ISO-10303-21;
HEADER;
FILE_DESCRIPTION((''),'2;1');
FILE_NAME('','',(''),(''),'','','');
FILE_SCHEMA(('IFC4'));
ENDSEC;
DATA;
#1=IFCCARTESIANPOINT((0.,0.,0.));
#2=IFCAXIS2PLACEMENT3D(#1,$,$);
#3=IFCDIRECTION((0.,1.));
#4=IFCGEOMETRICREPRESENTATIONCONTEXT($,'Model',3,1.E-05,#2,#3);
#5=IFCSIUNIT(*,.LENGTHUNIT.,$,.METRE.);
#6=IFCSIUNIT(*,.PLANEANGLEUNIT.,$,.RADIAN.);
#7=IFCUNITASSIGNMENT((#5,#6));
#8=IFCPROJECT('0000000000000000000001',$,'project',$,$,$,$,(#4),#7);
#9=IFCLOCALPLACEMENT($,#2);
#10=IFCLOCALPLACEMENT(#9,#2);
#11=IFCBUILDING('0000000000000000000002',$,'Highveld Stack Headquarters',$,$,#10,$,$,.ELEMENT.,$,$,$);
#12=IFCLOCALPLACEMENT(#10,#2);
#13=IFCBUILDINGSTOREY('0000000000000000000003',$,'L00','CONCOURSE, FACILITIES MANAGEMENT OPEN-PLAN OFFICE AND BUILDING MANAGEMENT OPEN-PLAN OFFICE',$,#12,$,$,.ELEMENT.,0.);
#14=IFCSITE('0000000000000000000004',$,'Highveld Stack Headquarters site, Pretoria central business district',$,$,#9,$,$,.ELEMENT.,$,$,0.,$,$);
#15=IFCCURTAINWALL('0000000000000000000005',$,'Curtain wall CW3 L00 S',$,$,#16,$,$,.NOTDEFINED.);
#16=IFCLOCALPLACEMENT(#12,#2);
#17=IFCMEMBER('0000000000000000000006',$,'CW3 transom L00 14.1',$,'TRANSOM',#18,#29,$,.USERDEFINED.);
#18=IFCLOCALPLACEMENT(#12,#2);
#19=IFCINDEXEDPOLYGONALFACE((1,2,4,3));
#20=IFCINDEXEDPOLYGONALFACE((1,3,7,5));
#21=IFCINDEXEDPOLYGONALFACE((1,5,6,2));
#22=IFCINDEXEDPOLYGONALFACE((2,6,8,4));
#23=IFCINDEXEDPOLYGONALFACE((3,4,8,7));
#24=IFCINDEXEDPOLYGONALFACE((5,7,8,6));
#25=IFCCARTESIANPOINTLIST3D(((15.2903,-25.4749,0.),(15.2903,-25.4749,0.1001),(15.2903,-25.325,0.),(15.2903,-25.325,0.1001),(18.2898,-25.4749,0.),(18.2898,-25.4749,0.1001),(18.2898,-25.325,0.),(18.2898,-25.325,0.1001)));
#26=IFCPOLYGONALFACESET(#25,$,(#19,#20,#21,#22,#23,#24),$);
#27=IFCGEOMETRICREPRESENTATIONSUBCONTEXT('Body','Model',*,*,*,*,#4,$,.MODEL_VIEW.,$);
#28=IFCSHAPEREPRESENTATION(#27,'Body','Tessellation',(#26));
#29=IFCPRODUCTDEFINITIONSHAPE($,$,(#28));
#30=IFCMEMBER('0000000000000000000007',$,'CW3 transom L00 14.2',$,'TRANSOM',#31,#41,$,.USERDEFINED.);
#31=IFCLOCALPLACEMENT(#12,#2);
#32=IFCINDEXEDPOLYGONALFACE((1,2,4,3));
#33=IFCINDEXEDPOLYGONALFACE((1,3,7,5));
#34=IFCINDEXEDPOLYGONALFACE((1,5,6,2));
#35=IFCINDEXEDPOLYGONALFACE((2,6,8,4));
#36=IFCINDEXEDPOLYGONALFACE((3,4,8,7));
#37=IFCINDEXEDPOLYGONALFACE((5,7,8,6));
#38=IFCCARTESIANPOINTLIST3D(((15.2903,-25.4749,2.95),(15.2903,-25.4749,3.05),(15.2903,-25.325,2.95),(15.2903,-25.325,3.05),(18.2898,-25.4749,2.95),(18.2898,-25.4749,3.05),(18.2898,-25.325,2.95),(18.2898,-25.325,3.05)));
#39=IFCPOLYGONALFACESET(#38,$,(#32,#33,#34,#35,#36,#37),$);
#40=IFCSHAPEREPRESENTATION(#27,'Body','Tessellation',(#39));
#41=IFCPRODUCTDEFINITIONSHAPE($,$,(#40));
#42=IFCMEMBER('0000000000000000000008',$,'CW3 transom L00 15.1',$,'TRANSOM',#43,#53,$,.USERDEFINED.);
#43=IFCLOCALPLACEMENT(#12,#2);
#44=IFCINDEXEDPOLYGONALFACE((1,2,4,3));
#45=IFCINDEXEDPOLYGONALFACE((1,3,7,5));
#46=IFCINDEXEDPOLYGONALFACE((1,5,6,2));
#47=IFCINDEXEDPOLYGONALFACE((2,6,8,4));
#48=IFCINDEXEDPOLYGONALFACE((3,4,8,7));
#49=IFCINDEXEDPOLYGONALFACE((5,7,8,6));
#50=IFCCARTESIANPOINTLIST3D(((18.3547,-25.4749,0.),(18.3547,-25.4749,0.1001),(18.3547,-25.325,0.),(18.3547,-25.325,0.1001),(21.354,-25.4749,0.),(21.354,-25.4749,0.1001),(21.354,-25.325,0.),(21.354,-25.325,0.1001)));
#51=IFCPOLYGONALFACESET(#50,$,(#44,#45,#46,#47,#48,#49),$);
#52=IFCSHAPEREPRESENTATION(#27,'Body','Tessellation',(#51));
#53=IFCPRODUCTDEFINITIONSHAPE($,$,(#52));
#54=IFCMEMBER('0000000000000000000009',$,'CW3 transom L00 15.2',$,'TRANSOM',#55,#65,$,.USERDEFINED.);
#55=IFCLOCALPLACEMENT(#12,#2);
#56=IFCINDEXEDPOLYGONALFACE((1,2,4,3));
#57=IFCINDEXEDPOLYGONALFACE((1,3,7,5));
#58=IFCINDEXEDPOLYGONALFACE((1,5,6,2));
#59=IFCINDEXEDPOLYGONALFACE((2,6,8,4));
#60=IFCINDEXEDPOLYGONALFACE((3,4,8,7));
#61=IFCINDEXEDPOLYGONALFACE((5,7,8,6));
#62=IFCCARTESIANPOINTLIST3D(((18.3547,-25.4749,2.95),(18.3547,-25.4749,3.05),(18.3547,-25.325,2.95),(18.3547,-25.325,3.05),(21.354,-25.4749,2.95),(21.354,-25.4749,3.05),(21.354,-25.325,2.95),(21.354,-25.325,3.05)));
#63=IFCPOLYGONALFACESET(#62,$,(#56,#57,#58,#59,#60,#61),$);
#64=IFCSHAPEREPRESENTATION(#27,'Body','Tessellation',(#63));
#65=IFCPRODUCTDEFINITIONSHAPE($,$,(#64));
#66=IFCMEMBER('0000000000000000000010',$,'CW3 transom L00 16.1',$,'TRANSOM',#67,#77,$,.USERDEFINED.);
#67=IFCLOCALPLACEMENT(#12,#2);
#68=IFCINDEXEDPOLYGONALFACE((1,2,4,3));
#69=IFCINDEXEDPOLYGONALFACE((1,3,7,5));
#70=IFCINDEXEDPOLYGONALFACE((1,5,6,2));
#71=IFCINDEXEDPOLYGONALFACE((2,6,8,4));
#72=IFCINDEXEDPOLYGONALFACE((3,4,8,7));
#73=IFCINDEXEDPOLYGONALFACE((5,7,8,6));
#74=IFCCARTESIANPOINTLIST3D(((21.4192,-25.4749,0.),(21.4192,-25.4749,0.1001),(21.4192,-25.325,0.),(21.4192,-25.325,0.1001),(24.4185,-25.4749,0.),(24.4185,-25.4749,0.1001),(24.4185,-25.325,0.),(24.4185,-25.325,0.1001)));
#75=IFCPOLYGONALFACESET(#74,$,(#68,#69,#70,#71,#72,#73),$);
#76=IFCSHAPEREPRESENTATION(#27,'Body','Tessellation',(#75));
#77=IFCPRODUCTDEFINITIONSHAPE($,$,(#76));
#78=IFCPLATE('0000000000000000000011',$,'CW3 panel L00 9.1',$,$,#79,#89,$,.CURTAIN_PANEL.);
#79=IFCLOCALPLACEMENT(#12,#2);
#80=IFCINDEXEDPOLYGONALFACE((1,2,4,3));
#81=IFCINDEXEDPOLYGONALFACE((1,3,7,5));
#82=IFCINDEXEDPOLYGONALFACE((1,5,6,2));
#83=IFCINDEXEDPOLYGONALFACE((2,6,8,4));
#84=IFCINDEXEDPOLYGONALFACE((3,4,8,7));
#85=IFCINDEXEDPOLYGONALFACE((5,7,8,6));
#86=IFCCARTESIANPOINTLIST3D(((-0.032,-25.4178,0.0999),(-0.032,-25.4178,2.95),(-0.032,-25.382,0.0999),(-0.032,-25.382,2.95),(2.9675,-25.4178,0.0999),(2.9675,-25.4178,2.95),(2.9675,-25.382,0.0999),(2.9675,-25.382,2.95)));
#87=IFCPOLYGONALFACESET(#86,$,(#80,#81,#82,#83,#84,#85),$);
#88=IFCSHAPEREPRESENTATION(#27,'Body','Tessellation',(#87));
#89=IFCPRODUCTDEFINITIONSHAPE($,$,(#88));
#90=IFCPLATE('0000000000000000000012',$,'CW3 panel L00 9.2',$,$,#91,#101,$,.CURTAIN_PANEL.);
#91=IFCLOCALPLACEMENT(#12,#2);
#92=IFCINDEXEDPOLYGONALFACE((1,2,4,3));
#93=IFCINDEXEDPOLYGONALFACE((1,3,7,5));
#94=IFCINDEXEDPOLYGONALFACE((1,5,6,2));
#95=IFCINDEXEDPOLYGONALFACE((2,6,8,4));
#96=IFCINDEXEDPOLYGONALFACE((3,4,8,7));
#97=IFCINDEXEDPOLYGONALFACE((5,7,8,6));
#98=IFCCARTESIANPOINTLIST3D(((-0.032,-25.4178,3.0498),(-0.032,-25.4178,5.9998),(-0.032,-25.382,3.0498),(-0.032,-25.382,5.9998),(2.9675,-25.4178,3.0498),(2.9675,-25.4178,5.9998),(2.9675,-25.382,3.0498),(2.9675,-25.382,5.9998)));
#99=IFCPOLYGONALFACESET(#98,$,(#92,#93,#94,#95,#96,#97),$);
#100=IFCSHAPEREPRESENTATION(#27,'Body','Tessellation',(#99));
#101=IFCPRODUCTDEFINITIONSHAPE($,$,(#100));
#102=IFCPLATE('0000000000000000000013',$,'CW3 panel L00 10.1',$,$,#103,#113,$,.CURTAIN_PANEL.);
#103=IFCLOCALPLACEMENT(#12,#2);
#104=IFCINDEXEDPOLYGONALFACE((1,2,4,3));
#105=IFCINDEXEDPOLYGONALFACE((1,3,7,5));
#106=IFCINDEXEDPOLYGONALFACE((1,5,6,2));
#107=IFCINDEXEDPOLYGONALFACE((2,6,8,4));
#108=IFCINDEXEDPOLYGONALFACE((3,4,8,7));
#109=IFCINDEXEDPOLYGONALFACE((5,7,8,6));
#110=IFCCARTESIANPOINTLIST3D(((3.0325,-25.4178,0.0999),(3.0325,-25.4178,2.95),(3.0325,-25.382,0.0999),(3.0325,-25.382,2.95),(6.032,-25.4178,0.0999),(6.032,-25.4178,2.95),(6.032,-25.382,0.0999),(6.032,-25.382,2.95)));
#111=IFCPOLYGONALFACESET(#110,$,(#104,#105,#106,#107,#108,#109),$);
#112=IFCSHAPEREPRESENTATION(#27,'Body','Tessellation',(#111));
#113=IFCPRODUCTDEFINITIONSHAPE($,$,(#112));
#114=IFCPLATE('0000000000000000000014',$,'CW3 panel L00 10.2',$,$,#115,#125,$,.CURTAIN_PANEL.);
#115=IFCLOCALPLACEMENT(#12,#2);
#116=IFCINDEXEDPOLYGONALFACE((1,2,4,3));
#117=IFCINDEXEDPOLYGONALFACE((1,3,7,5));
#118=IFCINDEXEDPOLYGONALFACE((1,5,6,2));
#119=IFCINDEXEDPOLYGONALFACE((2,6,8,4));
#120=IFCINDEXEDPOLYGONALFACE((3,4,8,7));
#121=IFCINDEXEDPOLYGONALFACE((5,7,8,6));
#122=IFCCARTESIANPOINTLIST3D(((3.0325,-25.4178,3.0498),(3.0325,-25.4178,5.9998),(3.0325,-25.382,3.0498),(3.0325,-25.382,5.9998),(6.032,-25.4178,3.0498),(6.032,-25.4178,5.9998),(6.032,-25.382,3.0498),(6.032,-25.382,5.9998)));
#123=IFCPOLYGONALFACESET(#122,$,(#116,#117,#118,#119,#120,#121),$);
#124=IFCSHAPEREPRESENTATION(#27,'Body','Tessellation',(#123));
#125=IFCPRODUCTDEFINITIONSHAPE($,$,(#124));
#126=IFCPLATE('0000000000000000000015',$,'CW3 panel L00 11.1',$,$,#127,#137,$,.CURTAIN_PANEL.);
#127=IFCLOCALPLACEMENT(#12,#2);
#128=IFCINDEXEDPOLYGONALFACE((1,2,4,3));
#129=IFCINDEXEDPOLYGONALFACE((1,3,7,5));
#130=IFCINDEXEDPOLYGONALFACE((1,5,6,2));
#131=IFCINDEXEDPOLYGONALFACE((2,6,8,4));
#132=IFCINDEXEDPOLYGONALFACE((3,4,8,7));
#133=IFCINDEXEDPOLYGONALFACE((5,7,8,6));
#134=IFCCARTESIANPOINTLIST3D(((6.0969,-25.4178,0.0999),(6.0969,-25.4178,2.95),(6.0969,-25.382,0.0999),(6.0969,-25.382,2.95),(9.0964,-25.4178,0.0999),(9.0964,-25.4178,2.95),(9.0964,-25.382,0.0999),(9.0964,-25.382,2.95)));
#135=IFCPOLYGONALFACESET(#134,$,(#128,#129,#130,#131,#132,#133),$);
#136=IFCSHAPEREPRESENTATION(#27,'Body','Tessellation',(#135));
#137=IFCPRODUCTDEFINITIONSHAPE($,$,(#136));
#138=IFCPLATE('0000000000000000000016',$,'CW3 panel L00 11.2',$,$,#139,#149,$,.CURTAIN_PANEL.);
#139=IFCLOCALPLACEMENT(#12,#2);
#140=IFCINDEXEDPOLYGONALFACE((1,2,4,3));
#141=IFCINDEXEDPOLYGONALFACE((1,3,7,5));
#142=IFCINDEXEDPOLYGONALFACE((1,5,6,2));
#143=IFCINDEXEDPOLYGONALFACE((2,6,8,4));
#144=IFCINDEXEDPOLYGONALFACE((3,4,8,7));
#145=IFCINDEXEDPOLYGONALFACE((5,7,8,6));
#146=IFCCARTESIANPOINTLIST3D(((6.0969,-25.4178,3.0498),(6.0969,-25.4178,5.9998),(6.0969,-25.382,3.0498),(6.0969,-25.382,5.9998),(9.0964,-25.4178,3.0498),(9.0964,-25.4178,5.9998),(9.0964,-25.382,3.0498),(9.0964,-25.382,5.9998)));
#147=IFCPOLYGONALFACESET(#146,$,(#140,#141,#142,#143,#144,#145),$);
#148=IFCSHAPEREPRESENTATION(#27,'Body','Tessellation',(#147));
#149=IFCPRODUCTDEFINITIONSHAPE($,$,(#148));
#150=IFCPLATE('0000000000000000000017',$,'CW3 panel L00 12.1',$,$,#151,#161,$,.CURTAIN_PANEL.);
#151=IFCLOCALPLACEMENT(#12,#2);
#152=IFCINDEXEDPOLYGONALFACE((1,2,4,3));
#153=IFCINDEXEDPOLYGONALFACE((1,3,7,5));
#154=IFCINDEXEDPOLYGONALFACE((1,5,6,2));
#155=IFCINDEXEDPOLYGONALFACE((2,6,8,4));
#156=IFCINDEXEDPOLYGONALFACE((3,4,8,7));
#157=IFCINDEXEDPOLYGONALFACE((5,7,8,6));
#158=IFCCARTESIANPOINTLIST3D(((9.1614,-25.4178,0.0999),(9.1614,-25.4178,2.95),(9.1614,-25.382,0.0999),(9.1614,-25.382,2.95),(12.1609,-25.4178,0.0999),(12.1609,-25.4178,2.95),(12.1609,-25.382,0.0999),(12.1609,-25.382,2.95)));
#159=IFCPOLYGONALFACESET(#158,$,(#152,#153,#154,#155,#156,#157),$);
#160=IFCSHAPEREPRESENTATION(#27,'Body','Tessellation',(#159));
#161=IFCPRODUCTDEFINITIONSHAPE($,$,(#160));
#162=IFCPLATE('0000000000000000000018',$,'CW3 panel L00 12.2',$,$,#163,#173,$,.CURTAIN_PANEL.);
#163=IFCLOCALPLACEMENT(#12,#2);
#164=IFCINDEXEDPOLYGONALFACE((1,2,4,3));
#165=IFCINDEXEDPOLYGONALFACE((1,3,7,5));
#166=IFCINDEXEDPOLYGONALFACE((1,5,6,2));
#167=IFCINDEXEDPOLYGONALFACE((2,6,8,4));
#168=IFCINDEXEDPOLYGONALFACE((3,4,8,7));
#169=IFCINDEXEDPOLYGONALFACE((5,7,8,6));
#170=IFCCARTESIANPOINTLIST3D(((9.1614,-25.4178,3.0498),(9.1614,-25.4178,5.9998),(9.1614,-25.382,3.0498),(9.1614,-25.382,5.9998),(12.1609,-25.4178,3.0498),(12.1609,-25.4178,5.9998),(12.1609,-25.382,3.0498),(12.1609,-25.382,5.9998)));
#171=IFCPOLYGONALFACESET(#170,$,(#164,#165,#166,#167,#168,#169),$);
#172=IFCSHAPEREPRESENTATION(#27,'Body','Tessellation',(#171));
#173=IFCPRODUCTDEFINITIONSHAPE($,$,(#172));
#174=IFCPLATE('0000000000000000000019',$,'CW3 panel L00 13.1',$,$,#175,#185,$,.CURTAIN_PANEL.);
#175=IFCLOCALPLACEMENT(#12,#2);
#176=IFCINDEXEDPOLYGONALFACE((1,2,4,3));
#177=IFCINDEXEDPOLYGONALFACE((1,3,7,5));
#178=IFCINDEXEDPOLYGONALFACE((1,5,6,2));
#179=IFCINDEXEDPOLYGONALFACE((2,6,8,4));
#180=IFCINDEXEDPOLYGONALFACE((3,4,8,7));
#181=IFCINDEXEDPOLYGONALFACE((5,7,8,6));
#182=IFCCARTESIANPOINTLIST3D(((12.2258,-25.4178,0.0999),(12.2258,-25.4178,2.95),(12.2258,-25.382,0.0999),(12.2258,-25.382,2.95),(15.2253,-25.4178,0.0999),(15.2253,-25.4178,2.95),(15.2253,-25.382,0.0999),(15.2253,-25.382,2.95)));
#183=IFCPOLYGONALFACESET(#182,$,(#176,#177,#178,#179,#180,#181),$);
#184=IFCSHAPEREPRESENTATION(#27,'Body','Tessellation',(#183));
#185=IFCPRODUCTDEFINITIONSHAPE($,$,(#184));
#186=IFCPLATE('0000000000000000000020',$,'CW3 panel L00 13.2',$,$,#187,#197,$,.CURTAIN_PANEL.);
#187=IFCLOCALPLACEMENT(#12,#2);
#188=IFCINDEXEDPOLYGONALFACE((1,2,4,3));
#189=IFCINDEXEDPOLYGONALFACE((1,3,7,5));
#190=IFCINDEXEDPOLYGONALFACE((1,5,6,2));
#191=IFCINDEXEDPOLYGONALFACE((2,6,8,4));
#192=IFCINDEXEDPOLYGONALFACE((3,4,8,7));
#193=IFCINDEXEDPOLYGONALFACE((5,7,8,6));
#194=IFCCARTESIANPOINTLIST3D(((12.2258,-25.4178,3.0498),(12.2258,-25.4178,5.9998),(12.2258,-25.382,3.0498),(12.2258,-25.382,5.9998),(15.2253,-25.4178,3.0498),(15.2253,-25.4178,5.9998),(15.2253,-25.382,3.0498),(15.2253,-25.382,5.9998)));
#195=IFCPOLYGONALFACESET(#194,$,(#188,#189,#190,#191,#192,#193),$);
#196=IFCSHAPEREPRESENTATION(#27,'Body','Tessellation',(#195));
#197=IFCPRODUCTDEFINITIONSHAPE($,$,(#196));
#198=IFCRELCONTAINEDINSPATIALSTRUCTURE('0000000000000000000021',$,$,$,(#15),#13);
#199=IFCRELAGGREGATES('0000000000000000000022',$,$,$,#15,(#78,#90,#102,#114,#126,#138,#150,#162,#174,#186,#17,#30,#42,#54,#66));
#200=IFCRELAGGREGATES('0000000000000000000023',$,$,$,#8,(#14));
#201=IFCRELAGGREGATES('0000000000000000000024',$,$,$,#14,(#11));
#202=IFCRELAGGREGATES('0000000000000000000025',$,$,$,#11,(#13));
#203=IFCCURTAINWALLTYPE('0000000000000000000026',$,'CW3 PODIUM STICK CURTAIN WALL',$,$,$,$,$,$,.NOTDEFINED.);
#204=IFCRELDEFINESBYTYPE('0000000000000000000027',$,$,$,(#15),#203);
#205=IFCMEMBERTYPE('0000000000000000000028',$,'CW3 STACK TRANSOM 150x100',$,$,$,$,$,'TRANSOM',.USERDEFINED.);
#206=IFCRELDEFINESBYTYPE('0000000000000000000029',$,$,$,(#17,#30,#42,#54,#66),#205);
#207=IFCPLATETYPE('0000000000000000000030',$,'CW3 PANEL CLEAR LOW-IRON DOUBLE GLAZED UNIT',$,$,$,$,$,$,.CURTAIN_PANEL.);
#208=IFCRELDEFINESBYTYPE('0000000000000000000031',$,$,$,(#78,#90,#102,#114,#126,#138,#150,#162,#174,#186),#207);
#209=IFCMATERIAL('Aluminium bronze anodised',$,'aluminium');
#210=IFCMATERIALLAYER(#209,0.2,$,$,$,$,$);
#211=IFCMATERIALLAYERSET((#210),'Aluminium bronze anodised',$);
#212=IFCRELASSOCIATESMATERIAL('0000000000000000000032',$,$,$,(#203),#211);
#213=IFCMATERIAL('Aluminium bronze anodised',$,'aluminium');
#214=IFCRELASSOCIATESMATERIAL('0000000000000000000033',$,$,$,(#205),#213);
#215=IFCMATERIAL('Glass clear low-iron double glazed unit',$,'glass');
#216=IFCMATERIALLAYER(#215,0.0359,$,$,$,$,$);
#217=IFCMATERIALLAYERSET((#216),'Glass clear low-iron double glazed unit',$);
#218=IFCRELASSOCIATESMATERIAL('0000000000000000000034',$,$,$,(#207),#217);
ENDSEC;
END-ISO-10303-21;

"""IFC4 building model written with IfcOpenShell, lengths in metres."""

from ifc_helpers import new_model, si_unit, direction, frame, origin, origin_2d, place, context, subcontext, project, spatial, rectangle, extrude, material, layer, layer_set, material_profile, profile_set, type_object, element, aggregate, save


model = new_model("IFC4")

# Units and contexts
model_context = context("Model", 3, precision=1e-05, world=origin(), true_north=direction((0.0, 1.0)))
body_context = subcontext(model_context, "Body", "Model", "MODEL_VIEW")
ifc_project = project(units=[si_unit("LENGTHUNIT", "METRE"), si_unit("PLANEANGLEUNIT", "RADIAN")], contexts=[model_context])

# Site, building, storey
site_placement = place(None, origin())
site = spatial("IfcSite", under=ifc_project, at=site_placement, Name="Highveld Stack Headquarters site, Pretoria central business district", CompositionType="ELEMENT", RefElevation=0.0)
building_placement = place(site_placement, origin())
building = spatial("IfcBuilding", under=site, at=building_placement, Name="Highveld Stack Headquarters", CompositionType="ELEMENT")
storey_placement = place(building_placement, origin())
storey = spatial("IfcBuildingStorey", under=building, at=storey_placement, Name="L00", Description="CONCOURSE, FACILITIES MANAGEMENT OPEN-PLAN OFFICE AND BUILDING MANAGEMENT OPEN-PLAN OFFICE", CompositionType="ELEMENT", Elevation=0.0)

# Curtain wall, members, plates
ifc_material_1 = material(Name="Aluminium bronze anodised", Category="aluminium")
ifc_layer_1 = layer(ifc_material_1, 0.2)
ifc_layer_set_1 = layer_set([ifc_layer_1], Name="Aluminium bronze anodised")
curtain_wall_type = type_object("IfcCurtainWallType", Name="CW3 PODIUM STICK CURTAIN WALL", PredefinedType="NOTDEFINED", material=ifc_layer_set_1)
curtain_wall_placement = place(storey_placement, origin())
curtain_wall = element("IfcCurtainWall", 1, at=curtain_wall_placement, inside=storey, type_object=curtain_wall_type, Name="Curtain wall CW3 L00 S", PredefinedType="NOTDEFINED")
ifc_material_2 = material(Name="Aluminium bronze anodised", Category="aluminium")
ifc_material_profile_1 = material_profile(ifc_material_2, rectangle(XDim=0.1499, YDim=0.1001, at=origin_2d()), Name="CW3 TRANSOM 150x100")
ifc_profile_set_1 = profile_set([ifc_material_profile_1], Name="Aluminium bronze anodised")
member_type_1 = type_object("IfcMemberType", Name="CW3 STACK TRANSOM 150x100", ElementType="TRANSOM", PredefinedType="USERDEFINED", material=ifc_profile_set_1)
member_1_placement = place(storey_placement, frame((15.2903, -25.3999, 0.05), z_axis=(1.0, 0.0, 0.0), x_axis=(0.0, 1.0, 0.0)))
member_1 = element("IfcMember", 2, at=member_1_placement, type_object=member_type_1, Name="CW3 transom L00 14.1", ObjectType="TRANSOM", PredefinedType="USERDEFINED", context=body_context, shape_type="SweptSolid", body=[
    extrude(rectangle(XDim=0.1499, YDim=0.1001, at=origin_2d()), origin(), (0.0, 0.0, 1.0), 2.9995),
])
member_2_placement = place(storey_placement, frame((15.2903, -25.3999, 3.0), z_axis=(1.0, 0.0, 0.0), x_axis=(0.0, 1.0, 0.0)))
member_2 = element("IfcMember", 3, at=member_2_placement, type_object=member_type_1, Name="CW3 transom L00 14.2", ObjectType="TRANSOM", PredefinedType="USERDEFINED", context=body_context, shape_type="SweptSolid", body=[
    extrude(rectangle(XDim=0.1499, YDim=0.1001, at=origin_2d()), origin(), (0.0, 0.0, 1.0), 2.9995),
])
member_3_placement = place(storey_placement, frame((18.3547, -25.3999, 0.05), z_axis=(1.0, 0.0, 0.0), x_axis=(0.0, 1.0, 0.0)))
member_3 = element("IfcMember", 4, at=member_3_placement, type_object=member_type_1, Name="CW3 transom L00 15.1", ObjectType="TRANSOM", PredefinedType="USERDEFINED", context=body_context, shape_type="SweptSolid", body=[
    extrude(rectangle(XDim=0.1499, YDim=0.1001, at=origin_2d()), origin(), (0.0, 0.0, 1.0), 2.9993),
])
member_4_placement = place(storey_placement, frame((18.3547, -25.3999, 3.0), z_axis=(1.0, 0.0, 0.0), x_axis=(0.0, 1.0, 0.0)))
member_4 = element("IfcMember", 5, at=member_4_placement, type_object=member_type_1, Name="CW3 transom L00 15.2", ObjectType="TRANSOM", PredefinedType="USERDEFINED", context=body_context, shape_type="SweptSolid", body=[
    extrude(rectangle(XDim=0.1499, YDim=0.1001, at=origin_2d()), origin(), (0.0, 0.0, 1.0), 2.9993),
])
member_5_placement = place(storey_placement, frame((21.4192, -25.3999, 0.05), z_axis=(1.0, 0.0, 0.0), x_axis=(0.0, 1.0, 0.0)))
member_5 = element("IfcMember", 6, at=member_5_placement, type_object=member_type_1, Name="CW3 transom L00 16.1", ObjectType="TRANSOM", PredefinedType="USERDEFINED", context=body_context, shape_type="SweptSolid", body=[
    extrude(rectangle(XDim=0.1499, YDim=0.1001, at=origin_2d()), origin(), (0.0, 0.0, 1.0), 2.9993),
])
ifc_material_3 = material(Name="Glass clear low-iron double glazed unit", Category="glass")
ifc_layer_2 = layer(ifc_material_3, 0.0359)
ifc_layer_set_2 = layer_set([ifc_layer_2], Name="Glass clear low-iron double glazed unit")
plate_type = type_object("IfcPlateType", Name="CW3 PANEL CLEAR LOW-IRON DOUBLE GLAZED UNIT", PredefinedType="CURTAIN_PANEL", material=ifc_layer_set_2)
plate_1_placement = place(storey_placement, frame((1.4678, -25.3999, 0.0999), z_axis=(0.0, 0.0, 1.0), x_axis=(1.0, 0.0, 0.0)))
plate_1 = element("IfcPlate", 7, at=plate_1_placement, type_object=plate_type, Name="CW3 panel L00 9.1", PredefinedType="CURTAIN_PANEL", context=body_context, shape_type="SweptSolid", body=[
    extrude(rectangle(XDim=2.9995, YDim=0.0359, at=origin_2d()), origin(), (0.0, 0.0, 1.0), 2.8501),
])
plate_2_placement = place(storey_placement, frame((1.4678, -25.3999, 3.0498), z_axis=(0.0, 0.0, 1.0), x_axis=(1.0, 0.0, 0.0)))
plate_2 = element("IfcPlate", 8, at=plate_2_placement, type_object=plate_type, Name="CW3 panel L00 9.2", PredefinedType="CURTAIN_PANEL", context=body_context, shape_type="SweptSolid", body=[
    extrude(rectangle(XDim=2.9995, YDim=0.0359, at=origin_2d()), origin(), (0.0, 0.0, 1.0), 2.95),
])
plate_3_placement = place(storey_placement, frame((4.5322, -25.3999, 0.0999), z_axis=(0.0, 0.0, 1.0), x_axis=(1.0, 0.0, 0.0)))
plate_3 = element("IfcPlate", 9, at=plate_3_placement, type_object=plate_type, Name="CW3 panel L00 10.1", PredefinedType="CURTAIN_PANEL", context=body_context, shape_type="SweptSolid", body=[
    extrude(rectangle(XDim=2.9995, YDim=0.0359, at=origin_2d()), origin(), (0.0, 0.0, 1.0), 2.8501),
])
plate_4_placement = place(storey_placement, frame((4.5322, -25.3999, 3.0498), z_axis=(0.0, 0.0, 1.0), x_axis=(1.0, 0.0, 0.0)))
plate_4 = element("IfcPlate", 10, at=plate_4_placement, type_object=plate_type, Name="CW3 panel L00 10.2", PredefinedType="CURTAIN_PANEL", context=body_context, shape_type="SweptSolid", body=[
    extrude(rectangle(XDim=2.9995, YDim=0.0359, at=origin_2d()), origin(), (0.0, 0.0, 1.0), 2.95),
])
plate_5_placement = place(storey_placement, frame((7.5967, -25.3999, 0.0999), z_axis=(0.0, 0.0, 1.0), x_axis=(1.0, 0.0, 0.0)))
plate_5 = element("IfcPlate", 11, at=plate_5_placement, type_object=plate_type, Name="CW3 panel L00 11.1", PredefinedType="CURTAIN_PANEL", context=body_context, shape_type="SweptSolid", body=[
    extrude(rectangle(XDim=2.9995, YDim=0.0359, at=origin_2d()), origin(), (0.0, 0.0, 1.0), 2.8501),
])
plate_6_placement = place(storey_placement, frame((7.5967, -25.3999, 3.0498), z_axis=(0.0, 0.0, 1.0), x_axis=(1.0, 0.0, 0.0)))
plate_6 = element("IfcPlate", 12, at=plate_6_placement, type_object=plate_type, Name="CW3 panel L00 11.2", PredefinedType="CURTAIN_PANEL", context=body_context, shape_type="SweptSolid", body=[
    extrude(rectangle(XDim=2.9995, YDim=0.0359, at=origin_2d()), origin(), (0.0, 0.0, 1.0), 2.95),
])
plate_7_placement = place(storey_placement, frame((10.6611, -25.3999, 0.0999), z_axis=(0.0, 0.0, 1.0), x_axis=(1.0, 0.0, 0.0)))
plate_7 = element("IfcPlate", 13, at=plate_7_placement, type_object=plate_type, Name="CW3 panel L00 12.1", PredefinedType="CURTAIN_PANEL", context=body_context, shape_type="SweptSolid", body=[
    extrude(rectangle(XDim=2.9995, YDim=0.0359, at=origin_2d()), origin(), (0.0, 0.0, 1.0), 2.8501),
])
plate_8_placement = place(storey_placement, frame((10.6611, -25.3999, 3.0498), z_axis=(0.0, 0.0, 1.0), x_axis=(1.0, 0.0, 0.0)))
plate_8 = element("IfcPlate", 14, at=plate_8_placement, type_object=plate_type, Name="CW3 panel L00 12.2", PredefinedType="CURTAIN_PANEL", context=body_context, shape_type="SweptSolid", body=[
    extrude(rectangle(XDim=2.9995, YDim=0.0359, at=origin_2d()), origin(), (0.0, 0.0, 1.0), 2.95),
])
plate_9_placement = place(storey_placement, frame((13.7256, -25.3999, 0.0999), z_axis=(0.0, 0.0, 1.0), x_axis=(1.0, 0.0, 0.0)))
plate_9 = element("IfcPlate", 15, at=plate_9_placement, type_object=plate_type, Name="CW3 panel L00 13.1", PredefinedType="CURTAIN_PANEL", context=body_context, shape_type="SweptSolid", body=[
    extrude(rectangle(XDim=2.9995, YDim=0.0359, at=origin_2d()), origin(), (0.0, 0.0, 1.0), 2.8501),
])
plate_10_placement = place(storey_placement, frame((13.7256, -25.3999, 3.0498), z_axis=(0.0, 0.0, 1.0), x_axis=(1.0, 0.0, 0.0)))
plate_10 = element("IfcPlate", 16, at=plate_10_placement, type_object=plate_type, Name="CW3 panel L00 13.2", PredefinedType="CURTAIN_PANEL", context=body_context, shape_type="SweptSolid", body=[
    extrude(rectangle(XDim=2.9995, YDim=0.0359, at=origin_2d()), origin(), (0.0, 0.0, 1.0), 2.95),
])
aggregate(curtain_wall, [plate_1, plate_2, plate_3, plate_4, plate_5, plate_6, plate_7, plate_8, plate_9, plate_10, member_1, member_2, member_3, member_4, member_5])

save(model, "model.ifc")
